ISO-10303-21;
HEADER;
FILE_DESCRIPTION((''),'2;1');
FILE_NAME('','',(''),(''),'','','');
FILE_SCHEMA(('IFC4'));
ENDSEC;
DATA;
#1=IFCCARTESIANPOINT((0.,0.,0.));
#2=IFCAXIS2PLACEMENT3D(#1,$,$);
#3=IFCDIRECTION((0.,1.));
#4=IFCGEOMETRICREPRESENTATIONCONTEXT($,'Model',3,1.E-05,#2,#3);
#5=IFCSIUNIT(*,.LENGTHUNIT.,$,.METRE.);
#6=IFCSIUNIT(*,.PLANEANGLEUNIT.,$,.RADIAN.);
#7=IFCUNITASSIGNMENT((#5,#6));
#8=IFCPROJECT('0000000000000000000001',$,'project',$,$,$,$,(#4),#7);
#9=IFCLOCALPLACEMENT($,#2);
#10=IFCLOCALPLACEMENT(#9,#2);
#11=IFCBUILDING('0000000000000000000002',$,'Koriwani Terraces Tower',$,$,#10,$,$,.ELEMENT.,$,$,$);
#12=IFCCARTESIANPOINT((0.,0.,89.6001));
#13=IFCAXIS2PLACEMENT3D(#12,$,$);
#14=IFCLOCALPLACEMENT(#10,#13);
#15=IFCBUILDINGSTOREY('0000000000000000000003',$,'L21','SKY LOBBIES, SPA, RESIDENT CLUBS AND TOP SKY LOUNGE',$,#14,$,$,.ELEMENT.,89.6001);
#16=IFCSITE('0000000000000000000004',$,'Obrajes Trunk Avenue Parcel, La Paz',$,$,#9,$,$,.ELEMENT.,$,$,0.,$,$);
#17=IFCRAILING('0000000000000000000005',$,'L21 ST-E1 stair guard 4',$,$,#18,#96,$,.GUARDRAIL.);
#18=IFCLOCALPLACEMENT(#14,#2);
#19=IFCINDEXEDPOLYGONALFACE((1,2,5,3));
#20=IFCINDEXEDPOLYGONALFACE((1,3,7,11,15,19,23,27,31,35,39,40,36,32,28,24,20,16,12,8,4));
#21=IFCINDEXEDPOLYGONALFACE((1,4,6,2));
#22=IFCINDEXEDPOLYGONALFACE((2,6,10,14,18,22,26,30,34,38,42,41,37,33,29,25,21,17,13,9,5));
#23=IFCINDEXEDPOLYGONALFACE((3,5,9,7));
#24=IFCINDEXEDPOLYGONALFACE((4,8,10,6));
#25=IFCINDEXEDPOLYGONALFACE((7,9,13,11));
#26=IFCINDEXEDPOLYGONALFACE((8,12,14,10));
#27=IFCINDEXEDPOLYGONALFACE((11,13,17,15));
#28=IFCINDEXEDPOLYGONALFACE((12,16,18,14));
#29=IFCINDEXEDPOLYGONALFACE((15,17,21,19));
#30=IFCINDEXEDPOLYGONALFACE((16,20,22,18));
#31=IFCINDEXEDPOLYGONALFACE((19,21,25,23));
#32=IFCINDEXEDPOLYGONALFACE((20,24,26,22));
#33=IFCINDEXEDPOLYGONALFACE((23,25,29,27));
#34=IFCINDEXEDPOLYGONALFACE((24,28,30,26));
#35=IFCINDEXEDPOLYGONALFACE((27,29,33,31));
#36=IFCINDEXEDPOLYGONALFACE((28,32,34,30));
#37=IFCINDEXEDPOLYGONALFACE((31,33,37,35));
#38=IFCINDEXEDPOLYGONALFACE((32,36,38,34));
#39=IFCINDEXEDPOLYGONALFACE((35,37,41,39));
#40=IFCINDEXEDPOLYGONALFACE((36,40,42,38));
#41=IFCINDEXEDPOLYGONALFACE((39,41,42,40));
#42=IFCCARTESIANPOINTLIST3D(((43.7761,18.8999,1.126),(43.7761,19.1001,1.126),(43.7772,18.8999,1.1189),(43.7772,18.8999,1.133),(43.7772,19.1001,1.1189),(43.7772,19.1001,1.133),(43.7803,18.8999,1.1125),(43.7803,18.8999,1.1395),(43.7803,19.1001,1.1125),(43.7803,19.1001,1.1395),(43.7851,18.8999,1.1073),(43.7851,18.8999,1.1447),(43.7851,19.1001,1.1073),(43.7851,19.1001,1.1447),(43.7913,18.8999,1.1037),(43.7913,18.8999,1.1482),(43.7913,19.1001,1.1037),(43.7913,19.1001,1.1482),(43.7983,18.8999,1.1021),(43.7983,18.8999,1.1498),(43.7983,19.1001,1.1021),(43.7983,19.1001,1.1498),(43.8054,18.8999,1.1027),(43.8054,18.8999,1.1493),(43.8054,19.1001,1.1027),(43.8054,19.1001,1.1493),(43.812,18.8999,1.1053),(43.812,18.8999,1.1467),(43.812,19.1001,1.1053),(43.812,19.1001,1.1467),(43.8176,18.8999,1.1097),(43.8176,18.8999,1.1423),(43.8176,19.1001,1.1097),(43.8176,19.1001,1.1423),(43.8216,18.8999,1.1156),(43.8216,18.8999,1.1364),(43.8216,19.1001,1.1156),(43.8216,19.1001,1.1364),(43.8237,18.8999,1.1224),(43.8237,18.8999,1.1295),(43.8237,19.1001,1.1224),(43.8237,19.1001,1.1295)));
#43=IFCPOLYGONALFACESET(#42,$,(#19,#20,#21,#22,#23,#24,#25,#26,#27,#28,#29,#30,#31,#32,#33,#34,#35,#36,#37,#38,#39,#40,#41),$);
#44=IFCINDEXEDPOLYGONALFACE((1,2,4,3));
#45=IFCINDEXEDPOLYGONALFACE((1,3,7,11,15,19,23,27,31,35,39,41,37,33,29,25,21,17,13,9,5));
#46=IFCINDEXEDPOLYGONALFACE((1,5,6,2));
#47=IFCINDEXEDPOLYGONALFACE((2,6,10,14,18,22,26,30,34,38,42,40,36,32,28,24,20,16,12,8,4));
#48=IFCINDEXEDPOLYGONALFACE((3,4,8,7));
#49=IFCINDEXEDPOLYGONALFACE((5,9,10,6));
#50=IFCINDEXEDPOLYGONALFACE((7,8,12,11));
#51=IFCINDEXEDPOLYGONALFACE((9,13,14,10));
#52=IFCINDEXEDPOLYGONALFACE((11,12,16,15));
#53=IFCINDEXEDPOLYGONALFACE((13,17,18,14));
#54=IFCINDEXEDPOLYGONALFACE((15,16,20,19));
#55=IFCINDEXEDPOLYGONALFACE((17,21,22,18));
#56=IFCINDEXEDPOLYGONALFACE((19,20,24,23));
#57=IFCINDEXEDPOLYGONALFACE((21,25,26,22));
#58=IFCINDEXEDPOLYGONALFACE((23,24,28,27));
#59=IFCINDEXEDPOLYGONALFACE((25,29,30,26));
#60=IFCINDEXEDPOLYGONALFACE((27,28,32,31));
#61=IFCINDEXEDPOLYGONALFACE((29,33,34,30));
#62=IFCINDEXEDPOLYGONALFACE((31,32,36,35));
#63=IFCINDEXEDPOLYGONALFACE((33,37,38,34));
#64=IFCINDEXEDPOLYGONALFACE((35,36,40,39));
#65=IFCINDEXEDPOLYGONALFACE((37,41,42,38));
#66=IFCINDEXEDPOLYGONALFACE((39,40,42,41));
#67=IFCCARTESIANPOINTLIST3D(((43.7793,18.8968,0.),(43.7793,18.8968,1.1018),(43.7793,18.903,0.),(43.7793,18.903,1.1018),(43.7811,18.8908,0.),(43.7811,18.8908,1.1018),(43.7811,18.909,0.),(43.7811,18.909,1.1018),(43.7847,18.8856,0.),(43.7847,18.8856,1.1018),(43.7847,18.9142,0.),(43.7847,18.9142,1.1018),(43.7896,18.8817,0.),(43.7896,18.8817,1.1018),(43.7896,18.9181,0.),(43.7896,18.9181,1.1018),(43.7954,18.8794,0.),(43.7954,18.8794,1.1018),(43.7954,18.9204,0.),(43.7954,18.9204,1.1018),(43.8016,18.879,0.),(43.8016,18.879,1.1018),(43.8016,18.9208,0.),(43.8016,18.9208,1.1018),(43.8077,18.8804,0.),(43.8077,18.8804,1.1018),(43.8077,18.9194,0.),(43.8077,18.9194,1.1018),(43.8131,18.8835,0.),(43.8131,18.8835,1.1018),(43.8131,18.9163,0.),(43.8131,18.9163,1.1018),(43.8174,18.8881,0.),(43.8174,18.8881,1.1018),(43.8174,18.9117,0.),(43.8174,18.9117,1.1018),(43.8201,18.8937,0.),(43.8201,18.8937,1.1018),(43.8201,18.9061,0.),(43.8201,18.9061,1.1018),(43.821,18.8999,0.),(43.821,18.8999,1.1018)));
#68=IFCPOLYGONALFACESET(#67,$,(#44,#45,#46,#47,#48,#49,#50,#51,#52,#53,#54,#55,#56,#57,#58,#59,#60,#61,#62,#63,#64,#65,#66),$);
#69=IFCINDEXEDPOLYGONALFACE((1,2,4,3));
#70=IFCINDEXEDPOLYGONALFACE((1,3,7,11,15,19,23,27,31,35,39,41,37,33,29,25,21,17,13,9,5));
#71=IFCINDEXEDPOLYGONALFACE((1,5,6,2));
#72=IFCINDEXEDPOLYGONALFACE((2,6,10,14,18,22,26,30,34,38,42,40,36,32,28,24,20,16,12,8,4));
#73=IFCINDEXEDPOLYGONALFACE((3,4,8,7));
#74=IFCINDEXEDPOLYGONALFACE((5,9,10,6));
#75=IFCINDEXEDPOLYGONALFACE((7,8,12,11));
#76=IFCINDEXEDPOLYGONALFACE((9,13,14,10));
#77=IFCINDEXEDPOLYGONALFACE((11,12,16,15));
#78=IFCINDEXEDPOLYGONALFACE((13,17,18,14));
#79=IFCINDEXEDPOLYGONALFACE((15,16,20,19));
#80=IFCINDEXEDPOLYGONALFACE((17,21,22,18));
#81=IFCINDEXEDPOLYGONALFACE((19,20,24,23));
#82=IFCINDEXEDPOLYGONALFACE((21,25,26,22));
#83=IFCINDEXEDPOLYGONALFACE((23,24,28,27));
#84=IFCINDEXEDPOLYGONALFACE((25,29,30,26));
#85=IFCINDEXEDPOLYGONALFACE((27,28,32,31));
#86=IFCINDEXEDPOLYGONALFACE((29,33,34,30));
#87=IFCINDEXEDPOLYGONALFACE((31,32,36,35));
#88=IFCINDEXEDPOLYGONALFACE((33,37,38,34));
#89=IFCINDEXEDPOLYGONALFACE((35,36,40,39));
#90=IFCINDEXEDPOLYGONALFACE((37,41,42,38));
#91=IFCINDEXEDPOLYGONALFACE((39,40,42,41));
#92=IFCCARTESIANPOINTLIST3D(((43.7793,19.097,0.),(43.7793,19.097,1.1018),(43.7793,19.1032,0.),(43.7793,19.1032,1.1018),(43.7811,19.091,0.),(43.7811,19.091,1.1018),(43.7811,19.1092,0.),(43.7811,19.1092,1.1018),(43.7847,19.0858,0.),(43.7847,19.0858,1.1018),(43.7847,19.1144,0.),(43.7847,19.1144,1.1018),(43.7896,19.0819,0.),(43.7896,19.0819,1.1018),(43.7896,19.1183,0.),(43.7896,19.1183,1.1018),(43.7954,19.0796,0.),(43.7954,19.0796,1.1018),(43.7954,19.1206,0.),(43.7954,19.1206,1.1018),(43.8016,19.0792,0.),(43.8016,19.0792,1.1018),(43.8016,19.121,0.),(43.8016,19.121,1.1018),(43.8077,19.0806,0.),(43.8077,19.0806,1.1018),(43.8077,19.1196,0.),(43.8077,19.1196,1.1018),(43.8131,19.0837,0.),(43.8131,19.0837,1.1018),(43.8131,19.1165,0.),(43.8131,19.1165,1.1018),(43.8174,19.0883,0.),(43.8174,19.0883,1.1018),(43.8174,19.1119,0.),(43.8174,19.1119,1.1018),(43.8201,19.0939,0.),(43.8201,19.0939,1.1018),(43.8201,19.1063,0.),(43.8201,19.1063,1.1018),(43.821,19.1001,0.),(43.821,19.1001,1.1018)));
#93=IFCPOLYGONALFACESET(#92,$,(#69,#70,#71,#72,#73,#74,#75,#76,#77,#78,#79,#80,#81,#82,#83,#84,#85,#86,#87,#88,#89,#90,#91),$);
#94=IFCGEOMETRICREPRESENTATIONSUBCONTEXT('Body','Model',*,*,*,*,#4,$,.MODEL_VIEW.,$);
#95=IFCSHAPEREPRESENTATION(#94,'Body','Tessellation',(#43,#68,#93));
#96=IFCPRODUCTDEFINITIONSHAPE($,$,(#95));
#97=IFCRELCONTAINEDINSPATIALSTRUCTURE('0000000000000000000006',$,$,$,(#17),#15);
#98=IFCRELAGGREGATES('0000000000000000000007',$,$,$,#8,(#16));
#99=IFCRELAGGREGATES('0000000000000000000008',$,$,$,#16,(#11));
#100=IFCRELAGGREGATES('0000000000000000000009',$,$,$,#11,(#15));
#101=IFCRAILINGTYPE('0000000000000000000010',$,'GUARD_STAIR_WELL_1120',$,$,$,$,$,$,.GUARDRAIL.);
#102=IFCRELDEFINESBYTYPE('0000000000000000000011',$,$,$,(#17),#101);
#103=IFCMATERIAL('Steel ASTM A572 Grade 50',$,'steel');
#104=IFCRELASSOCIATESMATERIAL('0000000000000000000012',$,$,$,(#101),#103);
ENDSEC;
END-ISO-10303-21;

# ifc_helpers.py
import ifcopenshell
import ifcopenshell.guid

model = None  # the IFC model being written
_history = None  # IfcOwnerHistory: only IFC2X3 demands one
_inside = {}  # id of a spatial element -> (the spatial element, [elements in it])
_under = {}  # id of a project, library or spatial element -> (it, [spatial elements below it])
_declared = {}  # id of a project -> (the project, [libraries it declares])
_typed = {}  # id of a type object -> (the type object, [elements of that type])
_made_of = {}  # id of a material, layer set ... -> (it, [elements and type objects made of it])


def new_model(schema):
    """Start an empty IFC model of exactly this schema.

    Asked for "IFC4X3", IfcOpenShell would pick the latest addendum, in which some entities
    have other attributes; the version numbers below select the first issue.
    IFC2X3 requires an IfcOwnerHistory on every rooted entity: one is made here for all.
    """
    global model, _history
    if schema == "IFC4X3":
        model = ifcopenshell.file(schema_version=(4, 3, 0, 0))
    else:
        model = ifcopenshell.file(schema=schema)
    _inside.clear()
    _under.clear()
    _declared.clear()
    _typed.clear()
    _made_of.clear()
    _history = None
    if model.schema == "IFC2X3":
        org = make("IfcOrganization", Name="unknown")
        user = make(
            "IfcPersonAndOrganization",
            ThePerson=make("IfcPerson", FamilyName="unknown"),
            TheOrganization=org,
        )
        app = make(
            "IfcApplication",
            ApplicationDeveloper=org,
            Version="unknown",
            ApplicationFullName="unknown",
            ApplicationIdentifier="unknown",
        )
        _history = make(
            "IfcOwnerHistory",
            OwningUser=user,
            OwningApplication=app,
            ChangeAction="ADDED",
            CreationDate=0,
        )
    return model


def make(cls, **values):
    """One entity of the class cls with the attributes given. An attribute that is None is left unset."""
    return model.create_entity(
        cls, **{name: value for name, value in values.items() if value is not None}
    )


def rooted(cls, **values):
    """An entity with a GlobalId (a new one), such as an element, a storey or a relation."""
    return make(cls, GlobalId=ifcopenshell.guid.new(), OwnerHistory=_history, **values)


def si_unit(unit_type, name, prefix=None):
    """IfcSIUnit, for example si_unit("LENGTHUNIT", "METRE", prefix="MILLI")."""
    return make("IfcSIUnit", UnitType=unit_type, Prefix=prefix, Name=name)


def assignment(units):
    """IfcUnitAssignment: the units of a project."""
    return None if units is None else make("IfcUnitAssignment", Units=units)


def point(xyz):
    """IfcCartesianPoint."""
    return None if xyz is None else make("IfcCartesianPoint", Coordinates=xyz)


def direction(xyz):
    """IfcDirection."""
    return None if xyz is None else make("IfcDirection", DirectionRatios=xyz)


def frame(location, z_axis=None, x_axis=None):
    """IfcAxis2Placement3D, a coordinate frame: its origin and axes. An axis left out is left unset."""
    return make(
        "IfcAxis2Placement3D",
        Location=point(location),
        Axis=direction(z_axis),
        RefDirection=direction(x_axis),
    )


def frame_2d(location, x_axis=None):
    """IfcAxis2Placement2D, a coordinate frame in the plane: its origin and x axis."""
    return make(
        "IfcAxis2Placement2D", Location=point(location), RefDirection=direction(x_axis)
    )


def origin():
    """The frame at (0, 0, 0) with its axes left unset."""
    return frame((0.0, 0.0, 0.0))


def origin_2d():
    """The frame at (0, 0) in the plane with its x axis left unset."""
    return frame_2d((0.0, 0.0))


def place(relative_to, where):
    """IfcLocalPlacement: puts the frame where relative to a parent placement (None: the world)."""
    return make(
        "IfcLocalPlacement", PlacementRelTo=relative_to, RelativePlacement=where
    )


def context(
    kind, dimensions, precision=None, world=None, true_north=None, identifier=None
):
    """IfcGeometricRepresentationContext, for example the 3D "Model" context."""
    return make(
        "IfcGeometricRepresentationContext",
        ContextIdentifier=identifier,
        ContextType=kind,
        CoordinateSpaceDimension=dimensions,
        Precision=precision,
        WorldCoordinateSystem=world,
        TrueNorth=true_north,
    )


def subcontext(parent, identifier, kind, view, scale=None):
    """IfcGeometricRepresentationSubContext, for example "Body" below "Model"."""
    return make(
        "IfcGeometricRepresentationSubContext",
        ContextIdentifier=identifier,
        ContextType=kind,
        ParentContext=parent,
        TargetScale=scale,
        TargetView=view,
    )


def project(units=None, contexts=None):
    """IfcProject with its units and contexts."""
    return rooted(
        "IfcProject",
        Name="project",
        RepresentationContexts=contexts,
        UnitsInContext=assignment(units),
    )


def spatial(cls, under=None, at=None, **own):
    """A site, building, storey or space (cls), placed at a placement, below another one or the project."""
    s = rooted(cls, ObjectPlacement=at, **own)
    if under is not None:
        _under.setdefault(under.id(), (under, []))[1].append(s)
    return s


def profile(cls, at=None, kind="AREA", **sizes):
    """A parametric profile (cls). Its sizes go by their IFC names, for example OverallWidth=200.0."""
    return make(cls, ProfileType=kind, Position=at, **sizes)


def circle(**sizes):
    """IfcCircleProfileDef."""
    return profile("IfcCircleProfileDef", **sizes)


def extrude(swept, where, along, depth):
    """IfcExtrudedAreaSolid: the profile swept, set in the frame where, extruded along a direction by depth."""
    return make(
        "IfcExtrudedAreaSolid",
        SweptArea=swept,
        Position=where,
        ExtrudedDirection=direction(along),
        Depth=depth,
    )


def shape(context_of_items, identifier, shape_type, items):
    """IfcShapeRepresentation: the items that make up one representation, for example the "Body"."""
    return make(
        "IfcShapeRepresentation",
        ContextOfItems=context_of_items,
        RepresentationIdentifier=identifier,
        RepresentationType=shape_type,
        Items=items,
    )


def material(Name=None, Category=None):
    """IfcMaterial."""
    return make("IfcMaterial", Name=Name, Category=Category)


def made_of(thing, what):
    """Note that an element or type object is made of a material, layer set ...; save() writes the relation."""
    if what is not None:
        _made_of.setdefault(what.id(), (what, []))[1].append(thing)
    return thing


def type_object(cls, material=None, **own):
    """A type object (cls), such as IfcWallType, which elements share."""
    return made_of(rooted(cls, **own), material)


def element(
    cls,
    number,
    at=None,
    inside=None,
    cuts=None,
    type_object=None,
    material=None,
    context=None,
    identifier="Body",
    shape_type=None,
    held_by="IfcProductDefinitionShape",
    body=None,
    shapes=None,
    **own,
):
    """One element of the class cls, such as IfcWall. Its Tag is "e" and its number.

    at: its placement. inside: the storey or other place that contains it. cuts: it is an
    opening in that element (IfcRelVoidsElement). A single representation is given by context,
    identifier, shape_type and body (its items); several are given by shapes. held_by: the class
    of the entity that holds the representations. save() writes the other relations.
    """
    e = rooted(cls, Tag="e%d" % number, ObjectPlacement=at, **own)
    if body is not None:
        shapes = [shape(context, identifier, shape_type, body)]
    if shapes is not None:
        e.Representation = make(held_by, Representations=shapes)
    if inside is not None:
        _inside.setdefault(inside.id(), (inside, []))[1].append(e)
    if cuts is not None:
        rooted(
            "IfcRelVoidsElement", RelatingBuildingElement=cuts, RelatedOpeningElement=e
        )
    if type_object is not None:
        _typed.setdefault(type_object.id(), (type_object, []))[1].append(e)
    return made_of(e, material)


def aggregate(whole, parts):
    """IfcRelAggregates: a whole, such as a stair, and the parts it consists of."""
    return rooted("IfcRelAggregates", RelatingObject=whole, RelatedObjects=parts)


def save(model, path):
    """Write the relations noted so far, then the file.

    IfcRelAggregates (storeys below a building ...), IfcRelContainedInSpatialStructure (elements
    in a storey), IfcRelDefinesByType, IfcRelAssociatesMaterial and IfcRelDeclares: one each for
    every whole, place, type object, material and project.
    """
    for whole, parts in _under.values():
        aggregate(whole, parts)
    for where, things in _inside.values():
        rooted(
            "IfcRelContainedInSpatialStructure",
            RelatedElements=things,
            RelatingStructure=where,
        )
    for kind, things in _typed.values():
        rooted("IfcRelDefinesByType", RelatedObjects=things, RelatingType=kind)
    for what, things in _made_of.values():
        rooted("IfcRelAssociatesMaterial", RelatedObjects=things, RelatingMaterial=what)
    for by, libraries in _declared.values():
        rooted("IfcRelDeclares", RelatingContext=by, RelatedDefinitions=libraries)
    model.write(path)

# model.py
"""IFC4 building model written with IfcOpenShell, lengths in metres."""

from ifc_helpers import new_model, si_unit, direction, frame, origin, origin_2d, place, context, subcontext, project, spatial, circle, extrude, material, type_object, element, save


model = new_model("IFC4")

# Units and contexts
model_context = context("Model", 3, precision=1e-05, world=origin(), true_north=direction((0.0, 1.0)))
body_context = subcontext(model_context, "Body", "Model", "MODEL_VIEW")
ifc_project = project(units=[si_unit("LENGTHUNIT", "METRE"), si_unit("PLANEANGLEUNIT", "RADIAN")], contexts=[model_context])

# Site, building, storey
site_placement = place(None, origin())
site = spatial("IfcSite", under=ifc_project, at=site_placement, Name="Obrajes Trunk Avenue Parcel, La Paz", CompositionType="ELEMENT", RefElevation=0.0)
building_placement = place(site_placement, origin())
building = spatial("IfcBuilding", under=site, at=building_placement, Name="Koriwani Terraces Tower", CompositionType="ELEMENT")
storey_placement = place(building_placement, frame((0.0, 0.0, 89.6001)))
storey = spatial("IfcBuildingStorey", under=building, at=storey_placement, Name="L21", Description="SKY LOBBIES, SPA, RESIDENT CLUBS AND TOP SKY LOUNGE", CompositionType="ELEMENT", Elevation=89.6001)

# Shared definitions
ifc_material_1 = material(Name="Steel ASTM A572 Grade 50", Category="steel")

# Railing
railing_type_1 = type_object("IfcRailingType", Name="GUARD_STAIR_WELL_1120", PredefinedType="GUARDRAIL", material=ifc_material_1)
railing_1_placement = place(storey_placement, frame((43.8, 18.8999, 0.0)))
element("IfcRailing", 1, at=railing_1_placement, inside=storey, type_object=railing_type_1, Name="L21 ST-E1 stair guard 4", PredefinedType="GUARDRAIL", context=body_context, shape_type="SweptSolid", body=[
    extrude(circle(Radius=0.0239, at=origin_2d()), frame((0.0, 0.0, 1.126), z_axis=(0.0, 1.0, 0.0), x_axis=(-1.0, 0.0, 0.0)), (0.0, 0.0, 1.0), 0.2002),
    extrude(circle(Radius=0.021, at=origin_2d()), origin(), (0.0, 0.0, 1.0), 1.1018),
    extrude(circle(Radius=0.021, at=origin_2d()), frame((0.0, 0.2002, 0.0)), (0.0, 0.0, 1.0), 1.1018),
])

save(model, "model.ifc")
